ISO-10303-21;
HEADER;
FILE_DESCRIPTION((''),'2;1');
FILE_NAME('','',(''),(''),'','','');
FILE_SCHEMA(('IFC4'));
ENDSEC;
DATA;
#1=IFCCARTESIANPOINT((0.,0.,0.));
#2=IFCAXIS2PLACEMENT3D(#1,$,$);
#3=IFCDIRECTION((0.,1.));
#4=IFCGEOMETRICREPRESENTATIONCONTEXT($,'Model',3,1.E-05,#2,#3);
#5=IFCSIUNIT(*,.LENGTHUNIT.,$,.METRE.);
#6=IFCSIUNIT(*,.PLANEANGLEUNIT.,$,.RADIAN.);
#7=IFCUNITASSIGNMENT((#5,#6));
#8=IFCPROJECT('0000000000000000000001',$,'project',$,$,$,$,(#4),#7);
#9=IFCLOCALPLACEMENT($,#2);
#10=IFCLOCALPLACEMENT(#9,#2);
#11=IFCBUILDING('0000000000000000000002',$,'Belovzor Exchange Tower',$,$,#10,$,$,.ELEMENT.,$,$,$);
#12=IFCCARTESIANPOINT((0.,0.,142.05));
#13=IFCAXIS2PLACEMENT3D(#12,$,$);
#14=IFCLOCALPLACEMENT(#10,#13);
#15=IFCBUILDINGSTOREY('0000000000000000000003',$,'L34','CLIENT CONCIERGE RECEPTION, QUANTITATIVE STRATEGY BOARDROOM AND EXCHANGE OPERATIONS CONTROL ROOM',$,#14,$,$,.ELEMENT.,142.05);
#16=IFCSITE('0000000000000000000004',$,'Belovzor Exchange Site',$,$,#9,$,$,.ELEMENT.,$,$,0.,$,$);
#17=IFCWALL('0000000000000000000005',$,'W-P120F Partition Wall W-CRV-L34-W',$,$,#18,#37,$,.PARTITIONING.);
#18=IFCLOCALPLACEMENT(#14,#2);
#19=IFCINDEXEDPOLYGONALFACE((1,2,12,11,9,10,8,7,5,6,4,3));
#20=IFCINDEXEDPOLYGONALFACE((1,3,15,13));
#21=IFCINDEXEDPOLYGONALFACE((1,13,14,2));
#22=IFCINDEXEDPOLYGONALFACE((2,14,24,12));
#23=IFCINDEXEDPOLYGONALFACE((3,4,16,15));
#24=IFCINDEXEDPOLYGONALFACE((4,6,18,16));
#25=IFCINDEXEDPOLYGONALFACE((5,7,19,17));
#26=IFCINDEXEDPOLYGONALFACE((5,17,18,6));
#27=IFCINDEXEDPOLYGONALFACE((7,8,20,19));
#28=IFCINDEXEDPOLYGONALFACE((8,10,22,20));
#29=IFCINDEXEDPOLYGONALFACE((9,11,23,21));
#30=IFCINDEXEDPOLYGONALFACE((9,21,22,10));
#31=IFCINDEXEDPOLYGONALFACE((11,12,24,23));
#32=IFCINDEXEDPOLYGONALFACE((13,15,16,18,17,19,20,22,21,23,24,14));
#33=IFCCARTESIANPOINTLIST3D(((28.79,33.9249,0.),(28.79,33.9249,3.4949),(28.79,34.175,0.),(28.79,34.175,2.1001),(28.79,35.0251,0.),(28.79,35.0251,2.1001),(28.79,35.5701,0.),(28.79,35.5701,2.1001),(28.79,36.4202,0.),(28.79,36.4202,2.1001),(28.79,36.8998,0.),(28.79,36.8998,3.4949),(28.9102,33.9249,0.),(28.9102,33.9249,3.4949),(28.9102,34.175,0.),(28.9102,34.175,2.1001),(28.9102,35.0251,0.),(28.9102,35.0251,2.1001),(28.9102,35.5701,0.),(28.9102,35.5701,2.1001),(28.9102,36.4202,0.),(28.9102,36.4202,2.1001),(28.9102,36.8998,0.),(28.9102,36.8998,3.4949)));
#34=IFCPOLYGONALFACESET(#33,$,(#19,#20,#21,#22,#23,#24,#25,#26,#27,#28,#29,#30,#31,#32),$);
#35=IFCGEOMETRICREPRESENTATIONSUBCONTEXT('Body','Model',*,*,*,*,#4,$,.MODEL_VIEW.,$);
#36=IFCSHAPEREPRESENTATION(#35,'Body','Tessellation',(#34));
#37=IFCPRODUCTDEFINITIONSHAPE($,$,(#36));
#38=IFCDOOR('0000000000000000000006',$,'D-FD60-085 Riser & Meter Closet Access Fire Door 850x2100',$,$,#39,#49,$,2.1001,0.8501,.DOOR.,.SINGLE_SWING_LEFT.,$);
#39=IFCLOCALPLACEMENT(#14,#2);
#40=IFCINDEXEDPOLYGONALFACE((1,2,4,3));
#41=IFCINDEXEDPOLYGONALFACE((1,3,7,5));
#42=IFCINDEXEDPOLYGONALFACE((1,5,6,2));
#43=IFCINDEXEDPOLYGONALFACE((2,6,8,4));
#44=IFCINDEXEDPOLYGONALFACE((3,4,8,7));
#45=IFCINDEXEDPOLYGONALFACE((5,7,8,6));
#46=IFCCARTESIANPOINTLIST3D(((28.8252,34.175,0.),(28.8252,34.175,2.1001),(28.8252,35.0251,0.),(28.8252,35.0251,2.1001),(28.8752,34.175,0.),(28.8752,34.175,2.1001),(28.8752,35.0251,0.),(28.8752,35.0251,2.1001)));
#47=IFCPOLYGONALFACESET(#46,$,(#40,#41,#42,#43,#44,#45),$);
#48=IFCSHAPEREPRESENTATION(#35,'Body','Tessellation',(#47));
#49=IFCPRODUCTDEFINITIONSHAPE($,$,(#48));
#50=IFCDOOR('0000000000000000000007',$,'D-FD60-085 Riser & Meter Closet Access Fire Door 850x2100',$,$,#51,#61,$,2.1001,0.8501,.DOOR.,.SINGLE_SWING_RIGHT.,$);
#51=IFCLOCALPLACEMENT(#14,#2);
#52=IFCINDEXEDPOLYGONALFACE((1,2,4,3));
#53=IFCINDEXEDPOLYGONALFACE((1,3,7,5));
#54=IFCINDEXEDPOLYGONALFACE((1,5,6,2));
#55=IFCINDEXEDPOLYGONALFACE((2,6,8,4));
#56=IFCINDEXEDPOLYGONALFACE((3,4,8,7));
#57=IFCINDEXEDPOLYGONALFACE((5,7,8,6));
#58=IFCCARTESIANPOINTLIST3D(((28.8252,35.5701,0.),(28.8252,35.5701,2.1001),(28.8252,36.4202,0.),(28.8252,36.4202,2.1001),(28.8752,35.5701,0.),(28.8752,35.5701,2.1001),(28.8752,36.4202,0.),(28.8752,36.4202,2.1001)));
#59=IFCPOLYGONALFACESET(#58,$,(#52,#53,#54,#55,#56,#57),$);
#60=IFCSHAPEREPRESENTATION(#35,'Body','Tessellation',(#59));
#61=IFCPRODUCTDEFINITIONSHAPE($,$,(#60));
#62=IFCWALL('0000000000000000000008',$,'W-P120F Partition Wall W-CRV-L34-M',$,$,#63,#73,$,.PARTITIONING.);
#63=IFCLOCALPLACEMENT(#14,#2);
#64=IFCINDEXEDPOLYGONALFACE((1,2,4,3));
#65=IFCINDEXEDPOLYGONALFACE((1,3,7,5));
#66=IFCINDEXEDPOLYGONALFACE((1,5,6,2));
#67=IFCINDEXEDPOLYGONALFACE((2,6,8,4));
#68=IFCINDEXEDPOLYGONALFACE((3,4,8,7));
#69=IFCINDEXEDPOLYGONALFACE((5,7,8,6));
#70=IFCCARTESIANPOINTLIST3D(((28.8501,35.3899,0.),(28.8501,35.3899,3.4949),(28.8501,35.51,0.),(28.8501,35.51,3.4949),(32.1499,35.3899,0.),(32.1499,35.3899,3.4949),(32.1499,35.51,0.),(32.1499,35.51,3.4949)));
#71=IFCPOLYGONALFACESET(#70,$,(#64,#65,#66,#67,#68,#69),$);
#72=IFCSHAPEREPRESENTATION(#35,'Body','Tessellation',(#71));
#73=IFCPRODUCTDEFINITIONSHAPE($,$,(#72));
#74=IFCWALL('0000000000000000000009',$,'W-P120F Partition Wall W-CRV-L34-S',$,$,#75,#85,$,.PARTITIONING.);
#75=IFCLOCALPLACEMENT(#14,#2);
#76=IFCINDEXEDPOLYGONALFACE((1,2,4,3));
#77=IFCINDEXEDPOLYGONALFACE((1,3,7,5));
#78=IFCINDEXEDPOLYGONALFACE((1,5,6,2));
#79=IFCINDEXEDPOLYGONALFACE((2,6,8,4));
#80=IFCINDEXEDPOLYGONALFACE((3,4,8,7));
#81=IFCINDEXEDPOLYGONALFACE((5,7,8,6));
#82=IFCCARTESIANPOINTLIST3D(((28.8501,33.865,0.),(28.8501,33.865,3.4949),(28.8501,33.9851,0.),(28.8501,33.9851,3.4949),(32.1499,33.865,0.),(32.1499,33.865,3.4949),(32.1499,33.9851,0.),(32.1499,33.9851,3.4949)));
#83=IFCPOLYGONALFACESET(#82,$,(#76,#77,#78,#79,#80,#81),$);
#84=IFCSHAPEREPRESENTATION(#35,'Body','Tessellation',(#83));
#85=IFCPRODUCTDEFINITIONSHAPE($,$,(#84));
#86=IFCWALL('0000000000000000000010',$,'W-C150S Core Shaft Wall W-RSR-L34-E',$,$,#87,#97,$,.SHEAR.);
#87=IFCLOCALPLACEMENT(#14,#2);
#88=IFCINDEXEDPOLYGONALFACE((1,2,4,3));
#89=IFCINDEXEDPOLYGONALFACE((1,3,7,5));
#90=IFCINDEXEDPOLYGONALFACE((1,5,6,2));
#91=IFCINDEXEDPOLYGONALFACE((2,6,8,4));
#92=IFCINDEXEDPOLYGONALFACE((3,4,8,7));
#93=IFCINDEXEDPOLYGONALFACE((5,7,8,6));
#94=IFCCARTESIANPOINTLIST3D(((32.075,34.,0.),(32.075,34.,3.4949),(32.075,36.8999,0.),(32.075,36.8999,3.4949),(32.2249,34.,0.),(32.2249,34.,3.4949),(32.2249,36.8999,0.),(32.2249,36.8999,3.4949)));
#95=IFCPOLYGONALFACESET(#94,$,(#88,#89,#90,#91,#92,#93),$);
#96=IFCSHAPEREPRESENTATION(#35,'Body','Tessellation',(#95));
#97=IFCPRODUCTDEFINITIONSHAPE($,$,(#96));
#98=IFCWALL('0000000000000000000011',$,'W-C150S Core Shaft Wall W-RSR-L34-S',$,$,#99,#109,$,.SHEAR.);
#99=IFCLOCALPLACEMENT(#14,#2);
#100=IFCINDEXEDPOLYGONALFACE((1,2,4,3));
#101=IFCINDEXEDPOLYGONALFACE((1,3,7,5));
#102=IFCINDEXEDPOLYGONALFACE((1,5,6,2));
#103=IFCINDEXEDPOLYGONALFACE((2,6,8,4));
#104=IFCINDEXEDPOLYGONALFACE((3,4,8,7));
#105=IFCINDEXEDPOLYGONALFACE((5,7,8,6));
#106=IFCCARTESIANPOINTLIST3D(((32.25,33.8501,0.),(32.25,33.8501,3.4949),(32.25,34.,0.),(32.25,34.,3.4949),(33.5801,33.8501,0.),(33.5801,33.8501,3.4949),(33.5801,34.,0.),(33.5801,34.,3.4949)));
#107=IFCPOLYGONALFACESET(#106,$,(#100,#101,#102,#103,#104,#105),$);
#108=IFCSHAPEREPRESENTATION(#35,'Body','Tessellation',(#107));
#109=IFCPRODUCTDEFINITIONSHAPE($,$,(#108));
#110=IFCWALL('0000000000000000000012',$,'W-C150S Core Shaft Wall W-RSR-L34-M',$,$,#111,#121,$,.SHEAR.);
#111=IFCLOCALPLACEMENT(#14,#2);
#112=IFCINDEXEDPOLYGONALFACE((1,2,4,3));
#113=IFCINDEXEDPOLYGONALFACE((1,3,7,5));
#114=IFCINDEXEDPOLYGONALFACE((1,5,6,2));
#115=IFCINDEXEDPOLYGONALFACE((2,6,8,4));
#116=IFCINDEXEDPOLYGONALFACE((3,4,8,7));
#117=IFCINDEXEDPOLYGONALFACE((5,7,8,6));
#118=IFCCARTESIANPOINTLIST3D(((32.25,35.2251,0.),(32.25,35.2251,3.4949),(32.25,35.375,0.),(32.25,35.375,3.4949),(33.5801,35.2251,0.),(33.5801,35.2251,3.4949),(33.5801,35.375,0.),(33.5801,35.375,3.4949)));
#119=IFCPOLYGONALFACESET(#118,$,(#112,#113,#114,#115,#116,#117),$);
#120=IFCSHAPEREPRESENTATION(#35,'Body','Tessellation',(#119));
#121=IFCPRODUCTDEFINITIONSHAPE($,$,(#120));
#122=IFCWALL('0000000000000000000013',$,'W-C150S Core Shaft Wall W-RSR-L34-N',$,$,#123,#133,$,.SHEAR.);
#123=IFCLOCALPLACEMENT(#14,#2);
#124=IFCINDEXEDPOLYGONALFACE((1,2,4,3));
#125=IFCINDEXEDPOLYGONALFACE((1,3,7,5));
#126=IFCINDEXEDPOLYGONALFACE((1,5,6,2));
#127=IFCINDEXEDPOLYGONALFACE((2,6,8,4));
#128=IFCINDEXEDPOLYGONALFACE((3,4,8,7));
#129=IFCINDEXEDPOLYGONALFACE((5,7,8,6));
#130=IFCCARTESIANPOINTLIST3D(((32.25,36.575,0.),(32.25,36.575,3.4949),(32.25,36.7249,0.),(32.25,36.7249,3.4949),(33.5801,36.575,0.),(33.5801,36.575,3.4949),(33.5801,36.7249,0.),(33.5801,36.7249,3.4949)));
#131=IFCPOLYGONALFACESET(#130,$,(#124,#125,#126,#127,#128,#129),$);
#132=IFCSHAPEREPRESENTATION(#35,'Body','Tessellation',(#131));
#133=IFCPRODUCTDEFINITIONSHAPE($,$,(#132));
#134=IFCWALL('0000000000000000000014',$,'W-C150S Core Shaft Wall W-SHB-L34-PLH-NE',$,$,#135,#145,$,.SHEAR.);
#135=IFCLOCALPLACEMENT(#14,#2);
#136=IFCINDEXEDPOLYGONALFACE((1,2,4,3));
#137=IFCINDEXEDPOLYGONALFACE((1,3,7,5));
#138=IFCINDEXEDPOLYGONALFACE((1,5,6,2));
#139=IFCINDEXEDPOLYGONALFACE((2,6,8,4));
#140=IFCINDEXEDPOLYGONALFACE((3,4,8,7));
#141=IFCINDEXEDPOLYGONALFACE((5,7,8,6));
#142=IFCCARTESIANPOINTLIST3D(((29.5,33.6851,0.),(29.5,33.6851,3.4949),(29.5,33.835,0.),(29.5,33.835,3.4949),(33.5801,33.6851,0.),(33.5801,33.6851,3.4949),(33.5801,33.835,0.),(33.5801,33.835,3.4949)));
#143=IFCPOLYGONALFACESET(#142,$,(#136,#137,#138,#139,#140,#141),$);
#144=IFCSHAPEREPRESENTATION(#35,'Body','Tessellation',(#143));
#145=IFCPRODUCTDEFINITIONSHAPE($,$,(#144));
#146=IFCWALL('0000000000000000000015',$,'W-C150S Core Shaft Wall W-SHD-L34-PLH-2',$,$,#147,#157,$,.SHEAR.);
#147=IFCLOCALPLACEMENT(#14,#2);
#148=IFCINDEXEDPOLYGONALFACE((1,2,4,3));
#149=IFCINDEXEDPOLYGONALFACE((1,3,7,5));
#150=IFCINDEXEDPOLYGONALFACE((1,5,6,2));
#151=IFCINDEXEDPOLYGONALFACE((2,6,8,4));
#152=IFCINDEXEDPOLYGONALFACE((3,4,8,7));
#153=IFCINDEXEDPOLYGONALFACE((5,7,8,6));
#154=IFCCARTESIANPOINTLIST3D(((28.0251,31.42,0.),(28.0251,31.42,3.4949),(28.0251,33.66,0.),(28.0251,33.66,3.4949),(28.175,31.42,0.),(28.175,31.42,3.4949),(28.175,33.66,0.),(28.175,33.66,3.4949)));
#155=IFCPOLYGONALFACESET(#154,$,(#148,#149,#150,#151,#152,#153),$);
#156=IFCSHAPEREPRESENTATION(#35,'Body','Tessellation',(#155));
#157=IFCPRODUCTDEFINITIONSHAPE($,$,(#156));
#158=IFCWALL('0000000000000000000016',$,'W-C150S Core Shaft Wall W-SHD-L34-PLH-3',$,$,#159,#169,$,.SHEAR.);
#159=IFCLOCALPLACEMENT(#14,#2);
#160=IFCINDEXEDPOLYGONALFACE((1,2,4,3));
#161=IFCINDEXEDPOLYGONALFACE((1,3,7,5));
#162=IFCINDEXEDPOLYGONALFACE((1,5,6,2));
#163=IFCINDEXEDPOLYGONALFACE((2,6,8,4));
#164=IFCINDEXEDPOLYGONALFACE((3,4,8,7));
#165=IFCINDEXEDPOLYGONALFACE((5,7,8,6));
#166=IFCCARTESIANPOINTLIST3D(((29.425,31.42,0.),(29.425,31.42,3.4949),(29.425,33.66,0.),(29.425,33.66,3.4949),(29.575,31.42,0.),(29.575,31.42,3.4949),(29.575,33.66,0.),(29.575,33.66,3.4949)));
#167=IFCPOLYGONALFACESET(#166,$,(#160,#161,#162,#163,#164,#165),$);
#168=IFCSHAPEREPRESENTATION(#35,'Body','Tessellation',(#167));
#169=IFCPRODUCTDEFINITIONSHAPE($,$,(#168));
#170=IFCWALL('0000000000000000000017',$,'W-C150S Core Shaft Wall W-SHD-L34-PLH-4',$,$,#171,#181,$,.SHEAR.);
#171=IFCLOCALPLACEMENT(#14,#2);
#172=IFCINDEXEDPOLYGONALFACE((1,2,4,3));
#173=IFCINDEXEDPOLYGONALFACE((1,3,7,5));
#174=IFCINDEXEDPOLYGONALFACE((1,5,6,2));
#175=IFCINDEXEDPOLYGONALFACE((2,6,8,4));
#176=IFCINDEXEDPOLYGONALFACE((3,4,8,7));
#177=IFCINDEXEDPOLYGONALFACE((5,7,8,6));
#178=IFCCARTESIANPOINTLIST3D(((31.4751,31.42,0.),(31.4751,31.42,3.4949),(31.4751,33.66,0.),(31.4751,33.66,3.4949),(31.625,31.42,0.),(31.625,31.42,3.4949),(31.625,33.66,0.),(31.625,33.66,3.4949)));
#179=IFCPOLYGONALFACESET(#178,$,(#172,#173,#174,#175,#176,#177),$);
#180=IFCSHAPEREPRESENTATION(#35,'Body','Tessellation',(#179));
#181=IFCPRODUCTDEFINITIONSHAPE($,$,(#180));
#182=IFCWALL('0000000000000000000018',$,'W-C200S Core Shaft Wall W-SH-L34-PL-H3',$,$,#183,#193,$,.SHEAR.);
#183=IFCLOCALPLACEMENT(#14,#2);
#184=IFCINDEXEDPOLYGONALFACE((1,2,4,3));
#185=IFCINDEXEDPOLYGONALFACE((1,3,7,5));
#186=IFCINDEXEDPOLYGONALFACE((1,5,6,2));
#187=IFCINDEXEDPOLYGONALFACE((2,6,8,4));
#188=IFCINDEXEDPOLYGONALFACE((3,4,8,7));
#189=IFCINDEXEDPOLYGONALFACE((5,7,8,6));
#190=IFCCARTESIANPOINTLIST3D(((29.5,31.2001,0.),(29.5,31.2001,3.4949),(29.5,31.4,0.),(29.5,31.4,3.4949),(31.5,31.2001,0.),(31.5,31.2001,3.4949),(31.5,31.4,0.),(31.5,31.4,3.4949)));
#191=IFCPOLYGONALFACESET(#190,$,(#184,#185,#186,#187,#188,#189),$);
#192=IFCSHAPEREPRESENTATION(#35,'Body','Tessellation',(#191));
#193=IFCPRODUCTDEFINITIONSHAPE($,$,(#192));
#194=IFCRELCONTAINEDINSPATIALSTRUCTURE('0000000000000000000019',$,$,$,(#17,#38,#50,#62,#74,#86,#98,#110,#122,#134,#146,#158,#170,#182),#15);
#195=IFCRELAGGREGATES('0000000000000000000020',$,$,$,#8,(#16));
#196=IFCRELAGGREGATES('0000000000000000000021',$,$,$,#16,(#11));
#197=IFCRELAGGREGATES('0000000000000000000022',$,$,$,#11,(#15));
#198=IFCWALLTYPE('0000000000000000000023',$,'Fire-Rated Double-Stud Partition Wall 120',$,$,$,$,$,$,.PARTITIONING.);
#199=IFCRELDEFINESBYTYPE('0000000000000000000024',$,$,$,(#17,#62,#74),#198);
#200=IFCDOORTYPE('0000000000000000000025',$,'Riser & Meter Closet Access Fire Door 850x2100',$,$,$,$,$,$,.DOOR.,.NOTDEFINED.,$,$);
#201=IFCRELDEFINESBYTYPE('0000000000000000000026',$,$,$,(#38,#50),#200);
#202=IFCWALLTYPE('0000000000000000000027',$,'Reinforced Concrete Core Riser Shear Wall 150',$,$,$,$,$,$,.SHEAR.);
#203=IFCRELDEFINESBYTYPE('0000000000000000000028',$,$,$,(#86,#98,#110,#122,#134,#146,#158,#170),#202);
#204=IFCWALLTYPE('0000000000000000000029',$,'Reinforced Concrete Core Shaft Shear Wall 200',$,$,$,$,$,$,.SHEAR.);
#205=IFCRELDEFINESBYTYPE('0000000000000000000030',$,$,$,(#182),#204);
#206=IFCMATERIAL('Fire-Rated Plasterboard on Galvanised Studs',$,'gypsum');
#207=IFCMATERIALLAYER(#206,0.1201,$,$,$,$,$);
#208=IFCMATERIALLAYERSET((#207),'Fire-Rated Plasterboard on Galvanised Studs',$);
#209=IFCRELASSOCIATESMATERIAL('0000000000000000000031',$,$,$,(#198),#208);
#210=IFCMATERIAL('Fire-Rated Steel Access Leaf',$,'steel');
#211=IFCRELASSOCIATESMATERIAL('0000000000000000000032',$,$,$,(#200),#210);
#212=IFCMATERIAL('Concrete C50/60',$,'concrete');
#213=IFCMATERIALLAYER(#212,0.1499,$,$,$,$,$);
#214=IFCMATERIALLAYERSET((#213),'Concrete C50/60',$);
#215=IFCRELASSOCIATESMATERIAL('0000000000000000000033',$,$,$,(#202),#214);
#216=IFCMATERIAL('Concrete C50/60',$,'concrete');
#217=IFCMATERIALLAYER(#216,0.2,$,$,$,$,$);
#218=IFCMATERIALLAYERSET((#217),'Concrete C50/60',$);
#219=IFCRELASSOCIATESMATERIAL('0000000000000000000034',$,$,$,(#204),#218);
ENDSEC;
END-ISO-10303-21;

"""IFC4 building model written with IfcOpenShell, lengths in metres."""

from ifc_helpers import new_model, si_unit, direction, frame, frame_2d, origin, place, context, subcontext, project, spatial, rectangle, extrude, material, layer, layer_set, type_object, element, fill, save


model = new_model("IFC4")

# Units and contexts
model_context = context("Model", 3, precision=1e-05, world=origin(), true_north=direction((0.0, 1.0)))
body_context = subcontext(model_context, "Body", "Model", "MODEL_VIEW")
ifc_project = project(units=[si_unit("LENGTHUNIT", "METRE"), si_unit("PLANEANGLEUNIT", "RADIAN")], contexts=[model_context])

# Site, building, storey
site_placement = place(None, origin())
site = spatial("IfcSite", under=ifc_project, at=site_placement, Name="Belovzor Exchange Site", CompositionType="ELEMENT", RefElevation=0.0)
building_placement = place(site_placement, origin())
building = spatial("IfcBuilding", under=site, at=building_placement, Name="Belovzor Exchange Tower", CompositionType="ELEMENT")
storey_placement = place(building_placement, frame((0.0, 0.0, 142.05)))
storey = spatial("IfcBuildingStorey", under=building, at=storey_placement, Name="L34", Description="CLIENT CONCIERGE RECEPTION, QUANTITATIVE STRATEGY BOARDROOM AND EXCHANGE OPERATIONS CONTROL ROOM", CompositionType="ELEMENT", Elevation=142.05)

# Wall, openings, doors
ifc_material_1 = material(Name="Fire-Rated Plasterboard on Galvanised Studs", Category="gypsum")
ifc_layer_1 = layer(ifc_material_1, 0.1201)
ifc_layer_set_1 = layer_set([ifc_layer_1], Name="Fire-Rated Plasterboard on Galvanised Studs")
wall_type_1 = type_object("IfcWallType", Name="Fire-Rated Double-Stud Partition Wall 120", PredefinedType="PARTITIONING", material=ifc_layer_set_1)
wall_1_placement = place(storey_placement, frame((28.8501, 33.925, 0.0), z_axis=(0.0, 0.0, 1.0), x_axis=(0.0, 1.0, 0.0)))
wall_1 = element("IfcWall", 1, at=wall_1_placement, inside=storey, type_object=wall_type_1, Name="W-P120F Partition Wall W-CRV-L34-W", PredefinedType="PARTITIONING", context=body_context, shape_type="SweptSolid", body=[
    extrude(rectangle(XDim=2.9749, YDim=0.1201, at=frame_2d((1.4873, 0.0))), origin(), (0.0, 0.0, 1.0), 3.4949),
])
opening_1_placement = place(wall_1_placement, frame((0.25, 0.0, 0.0)))
opening_1 = element("IfcOpeningElement", 2, at=opening_1_placement, cuts=wall_1, PredefinedType="OPENING", context=body_context, shape_type="SweptSolid", body=[
    extrude(rectangle(XDim=0.8501, YDim=2.1001, at=frame_2d((0.425, 1.05))), frame((0.0, 0.0701, 0.0), z_axis=(0.0, -1.0, 0.0), x_axis=(1.0, 0.0, 0.0)), (0.0, 0.0, 1.0), 0.1401),
])
opening_2_placement = place(wall_1_placement, frame((1.645, 0.0, 0.0)))
opening_2 = element("IfcOpeningElement", 3, at=opening_2_placement, cuts=wall_1, PredefinedType="OPENING", context=body_context, shape_type="SweptSolid", body=[
    extrude(rectangle(XDim=0.8501, YDim=2.1001, at=frame_2d((0.425, 1.05))), frame((0.0, 0.0701, 0.0), z_axis=(0.0, -1.0, 0.0), x_axis=(1.0, 0.0, 0.0)), (0.0, 0.0, 1.0), 0.1401),
])
ifc_material_2 = material(Name="Fire-Rated Steel Access Leaf", Category="steel")
door_type = type_object("IfcDoorType", Name="Riser & Meter Closet Access Fire Door 850x2100", OperationType="NOTDEFINED", PredefinedType="DOOR", material=ifc_material_2)
door_1_placement = place(opening_1_placement, origin())
door_1 = element("IfcDoor", 4, at=door_1_placement, inside=storey, type_object=door_type, Name="D-FD60-085 Riser & Meter Closet Access Fire Door 850x2100", OperationType="SINGLE_SWING_LEFT", OverallHeight=2.1001, OverallWidth=0.8501, PredefinedType="DOOR", context=body_context, shape_type="SweptSolid", body=[
    extrude(rectangle(XDim=0.8501, YDim=2.1001, at=frame_2d((0.425, 1.05))), frame((0.0, 0.0249, 0.0), z_axis=(0.0, -1.0, 0.0), x_axis=(1.0, 0.0, 0.0)), (0.0, 0.0, 1.0), 0.05),
])
fill(opening_1, door_1)
door_2_placement = place(opening_2_placement, origin())
door_2 = element("IfcDoor", 5, at=door_2_placement, inside=storey, type_object=door_type, Name="D-FD60-085 Riser & Meter Closet Access Fire Door 850x2100", OperationType="SINGLE_SWING_RIGHT", OverallHeight=2.1001, OverallWidth=0.8501, PredefinedType="DOOR", context=body_context, shape_type="SweptSolid", body=[
    extrude(rectangle(XDim=0.8501, YDim=2.1001, at=frame_2d((0.425, 1.05))), frame((0.0, 0.0249, 0.0), z_axis=(0.0, -1.0, 0.0), x_axis=(1.0, 0.0, 0.0)), (0.0, 0.0, 1.0), 0.05),
])
fill(opening_2, door_2)

# Walls
for number, where, z_axis, x_axis, name in (
    (6, (28.8501, 35.45, 0.0), (0.0, 0.0, 1.0), (1.0, 0.0, 0.0), "W-P120F Partition Wall W-CRV-L34-M"),
    (7, (28.8501, 33.925, 0.0), (0.0, 0.0, 1.0), (1.0, 0.0, 0.0), "W-P120F Partition Wall W-CRV-L34-S"),
):
    element("IfcWall", number, at=place(storey_placement, frame(where, z_axis=z_axis, x_axis=x_axis)), inside=storey, type_object=wall_type_1, Name=name, PredefinedType="PARTITIONING", context=body_context, shape_type="SweptSolid", body=[
        extrude(rectangle(XDim=3.2998, YDim=0.1201, at=frame_2d((1.6499, 0.0))), origin(), (0.0, 0.0, 1.0), 3.4949),
    ])
ifc_material_3 = material(Name="Concrete C50/60", Category="concrete")
ifc_layer_2 = layer(ifc_material_3, 0.1499)
ifc_layer_set_2 = layer_set([ifc_layer_2], Name="Concrete C50/60")
wall_type_2 = type_object("IfcWallType", Name="Reinforced Concrete Core Riser Shear Wall 150", PredefinedType="SHEAR", material=ifc_layer_set_2)
wall_2_placement = place(storey_placement, frame((32.1499, 34.0, 0.0), z_axis=(0.0, 0.0, 1.0), x_axis=(0.0, 1.0, 0.0)))
element("IfcWall", 8, at=wall_2_placement, inside=storey, type_object=wall_type_2, Name="W-C150S Core Shaft Wall W-RSR-L34-E", PredefinedType="SHEAR", context=body_context, shape_type="SweptSolid", body=[
    extrude(rectangle(XDim=2.8999, YDim=0.1499, at=frame_2d((1.45, 0.0))), origin(), (0.0, 0.0, 1.0), 3.4949),
])
for number, where, z_axis, x_axis, name in (
    (9, (32.25, 33.925, 0.0), (0.0, 0.0, 1.0), (1.0, 0.0, 0.0), "W-C150S Core Shaft Wall W-RSR-L34-S"),
    (10, (32.25, 35.3, 0.0), (0.0, 0.0, 1.0), (1.0, 0.0, 0.0), "W-C150S Core Shaft Wall W-RSR-L34-M"),
    (11, (32.25, 36.6499, 0.0), (0.0, 0.0, 1.0), (1.0, 0.0, 0.0), "W-C150S Core Shaft Wall W-RSR-L34-N"),
):
    element("IfcWall", number, at=place(storey_placement, frame(where, z_axis=z_axis, x_axis=x_axis)), inside=storey, type_object=wall_type_2, Name=name, PredefinedType="SHEAR", context=body_context, shape_type="SweptSolid", body=[
        extrude(rectangle(XDim=1.3301, YDim=0.1499, at=frame_2d((0.665, 0.0))), origin(), (0.0, 0.0, 1.0), 3.4949),
    ])
wall_3_placement = place(storey_placement, frame((29.5, 33.76, 0.0), z_axis=(0.0, 0.0, 1.0), x_axis=(1.0, 0.0, 0.0)))
element("IfcWall", 12, at=wall_3_placement, inside=storey, type_object=wall_type_2, Name="W-C150S Core Shaft Wall W-SHB-L34-PLH-NE", PredefinedType="SHEAR", context=body_context, shape_type="SweptSolid", body=[
    extrude(rectangle(XDim=4.0801, YDim=0.1499, at=frame_2d((2.04, 0.0))), origin(), (0.0, 0.0, 1.0), 3.4949),
])
for number, where, z_axis, x_axis, name in (
    (13, (28.1001, 31.4199, 0.0), (0.0, 0.0, 1.0), (0.0, 1.0, 0.0), "W-C150S Core Shaft Wall W-SHD-L34-PLH-2"),
    (14, (29.5, 31.4199, 0.0), (0.0, 0.0, 1.0), (0.0, 1.0, 0.0), "W-C150S Core Shaft Wall W-SHD-L34-PLH-3"),
    (15, (31.55, 31.4199, 0.0), (0.0, 0.0, 1.0), (0.0, 1.0, 0.0), "W-C150S Core Shaft Wall W-SHD-L34-PLH-4"),
):
    element("IfcWall", number, at=place(storey_placement, frame(where, z_axis=z_axis, x_axis=x_axis)), inside=storey, type_object=wall_type_2, Name=name, PredefinedType="SHEAR", context=body_context, shape_type="SweptSolid", body=[
        extrude(rectangle(XDim=2.24, YDim=0.1499, at=frame_2d((1.1201, 0.0))), origin(), (0.0, 0.0, 1.0), 3.4949),
    ])
ifc_material_4 = material(Name="Concrete C50/60", Category="concrete")
ifc_layer_3 = layer(ifc_material_4, 0.2)
ifc_layer_set_3 = layer_set([ifc_layer_3], Name="Concrete C50/60")
wall_type_3 = type_object("IfcWallType", Name="Reinforced Concrete Core Shaft Shear Wall 200", PredefinedType="SHEAR", material=ifc_layer_set_3)
for number, where, z_axis, x_axis, name in (
    (16, (29.5, 31.3, 0.0), (0.0, 0.0, 1.0), (1.0, 0.0, 0.0), "W-C200S Core Shaft Wall W-SH-L34-PL-H3"),
):
    element("IfcWall", number, at=place(storey_placement, frame(where, z_axis=z_axis, x_axis=x_axis)), inside=storey, type_object=wall_type_3, Name=name, PredefinedType="SHEAR", context=body_context, shape_type="SweptSolid", body=[
        extrude(rectangle(XDim=2.0, YDim=0.2, at=frame_2d((1.0, 0.0))), origin(), (0.0, 0.0, 1.0), 3.4949),
    ])

save(model, "model.ifc")
